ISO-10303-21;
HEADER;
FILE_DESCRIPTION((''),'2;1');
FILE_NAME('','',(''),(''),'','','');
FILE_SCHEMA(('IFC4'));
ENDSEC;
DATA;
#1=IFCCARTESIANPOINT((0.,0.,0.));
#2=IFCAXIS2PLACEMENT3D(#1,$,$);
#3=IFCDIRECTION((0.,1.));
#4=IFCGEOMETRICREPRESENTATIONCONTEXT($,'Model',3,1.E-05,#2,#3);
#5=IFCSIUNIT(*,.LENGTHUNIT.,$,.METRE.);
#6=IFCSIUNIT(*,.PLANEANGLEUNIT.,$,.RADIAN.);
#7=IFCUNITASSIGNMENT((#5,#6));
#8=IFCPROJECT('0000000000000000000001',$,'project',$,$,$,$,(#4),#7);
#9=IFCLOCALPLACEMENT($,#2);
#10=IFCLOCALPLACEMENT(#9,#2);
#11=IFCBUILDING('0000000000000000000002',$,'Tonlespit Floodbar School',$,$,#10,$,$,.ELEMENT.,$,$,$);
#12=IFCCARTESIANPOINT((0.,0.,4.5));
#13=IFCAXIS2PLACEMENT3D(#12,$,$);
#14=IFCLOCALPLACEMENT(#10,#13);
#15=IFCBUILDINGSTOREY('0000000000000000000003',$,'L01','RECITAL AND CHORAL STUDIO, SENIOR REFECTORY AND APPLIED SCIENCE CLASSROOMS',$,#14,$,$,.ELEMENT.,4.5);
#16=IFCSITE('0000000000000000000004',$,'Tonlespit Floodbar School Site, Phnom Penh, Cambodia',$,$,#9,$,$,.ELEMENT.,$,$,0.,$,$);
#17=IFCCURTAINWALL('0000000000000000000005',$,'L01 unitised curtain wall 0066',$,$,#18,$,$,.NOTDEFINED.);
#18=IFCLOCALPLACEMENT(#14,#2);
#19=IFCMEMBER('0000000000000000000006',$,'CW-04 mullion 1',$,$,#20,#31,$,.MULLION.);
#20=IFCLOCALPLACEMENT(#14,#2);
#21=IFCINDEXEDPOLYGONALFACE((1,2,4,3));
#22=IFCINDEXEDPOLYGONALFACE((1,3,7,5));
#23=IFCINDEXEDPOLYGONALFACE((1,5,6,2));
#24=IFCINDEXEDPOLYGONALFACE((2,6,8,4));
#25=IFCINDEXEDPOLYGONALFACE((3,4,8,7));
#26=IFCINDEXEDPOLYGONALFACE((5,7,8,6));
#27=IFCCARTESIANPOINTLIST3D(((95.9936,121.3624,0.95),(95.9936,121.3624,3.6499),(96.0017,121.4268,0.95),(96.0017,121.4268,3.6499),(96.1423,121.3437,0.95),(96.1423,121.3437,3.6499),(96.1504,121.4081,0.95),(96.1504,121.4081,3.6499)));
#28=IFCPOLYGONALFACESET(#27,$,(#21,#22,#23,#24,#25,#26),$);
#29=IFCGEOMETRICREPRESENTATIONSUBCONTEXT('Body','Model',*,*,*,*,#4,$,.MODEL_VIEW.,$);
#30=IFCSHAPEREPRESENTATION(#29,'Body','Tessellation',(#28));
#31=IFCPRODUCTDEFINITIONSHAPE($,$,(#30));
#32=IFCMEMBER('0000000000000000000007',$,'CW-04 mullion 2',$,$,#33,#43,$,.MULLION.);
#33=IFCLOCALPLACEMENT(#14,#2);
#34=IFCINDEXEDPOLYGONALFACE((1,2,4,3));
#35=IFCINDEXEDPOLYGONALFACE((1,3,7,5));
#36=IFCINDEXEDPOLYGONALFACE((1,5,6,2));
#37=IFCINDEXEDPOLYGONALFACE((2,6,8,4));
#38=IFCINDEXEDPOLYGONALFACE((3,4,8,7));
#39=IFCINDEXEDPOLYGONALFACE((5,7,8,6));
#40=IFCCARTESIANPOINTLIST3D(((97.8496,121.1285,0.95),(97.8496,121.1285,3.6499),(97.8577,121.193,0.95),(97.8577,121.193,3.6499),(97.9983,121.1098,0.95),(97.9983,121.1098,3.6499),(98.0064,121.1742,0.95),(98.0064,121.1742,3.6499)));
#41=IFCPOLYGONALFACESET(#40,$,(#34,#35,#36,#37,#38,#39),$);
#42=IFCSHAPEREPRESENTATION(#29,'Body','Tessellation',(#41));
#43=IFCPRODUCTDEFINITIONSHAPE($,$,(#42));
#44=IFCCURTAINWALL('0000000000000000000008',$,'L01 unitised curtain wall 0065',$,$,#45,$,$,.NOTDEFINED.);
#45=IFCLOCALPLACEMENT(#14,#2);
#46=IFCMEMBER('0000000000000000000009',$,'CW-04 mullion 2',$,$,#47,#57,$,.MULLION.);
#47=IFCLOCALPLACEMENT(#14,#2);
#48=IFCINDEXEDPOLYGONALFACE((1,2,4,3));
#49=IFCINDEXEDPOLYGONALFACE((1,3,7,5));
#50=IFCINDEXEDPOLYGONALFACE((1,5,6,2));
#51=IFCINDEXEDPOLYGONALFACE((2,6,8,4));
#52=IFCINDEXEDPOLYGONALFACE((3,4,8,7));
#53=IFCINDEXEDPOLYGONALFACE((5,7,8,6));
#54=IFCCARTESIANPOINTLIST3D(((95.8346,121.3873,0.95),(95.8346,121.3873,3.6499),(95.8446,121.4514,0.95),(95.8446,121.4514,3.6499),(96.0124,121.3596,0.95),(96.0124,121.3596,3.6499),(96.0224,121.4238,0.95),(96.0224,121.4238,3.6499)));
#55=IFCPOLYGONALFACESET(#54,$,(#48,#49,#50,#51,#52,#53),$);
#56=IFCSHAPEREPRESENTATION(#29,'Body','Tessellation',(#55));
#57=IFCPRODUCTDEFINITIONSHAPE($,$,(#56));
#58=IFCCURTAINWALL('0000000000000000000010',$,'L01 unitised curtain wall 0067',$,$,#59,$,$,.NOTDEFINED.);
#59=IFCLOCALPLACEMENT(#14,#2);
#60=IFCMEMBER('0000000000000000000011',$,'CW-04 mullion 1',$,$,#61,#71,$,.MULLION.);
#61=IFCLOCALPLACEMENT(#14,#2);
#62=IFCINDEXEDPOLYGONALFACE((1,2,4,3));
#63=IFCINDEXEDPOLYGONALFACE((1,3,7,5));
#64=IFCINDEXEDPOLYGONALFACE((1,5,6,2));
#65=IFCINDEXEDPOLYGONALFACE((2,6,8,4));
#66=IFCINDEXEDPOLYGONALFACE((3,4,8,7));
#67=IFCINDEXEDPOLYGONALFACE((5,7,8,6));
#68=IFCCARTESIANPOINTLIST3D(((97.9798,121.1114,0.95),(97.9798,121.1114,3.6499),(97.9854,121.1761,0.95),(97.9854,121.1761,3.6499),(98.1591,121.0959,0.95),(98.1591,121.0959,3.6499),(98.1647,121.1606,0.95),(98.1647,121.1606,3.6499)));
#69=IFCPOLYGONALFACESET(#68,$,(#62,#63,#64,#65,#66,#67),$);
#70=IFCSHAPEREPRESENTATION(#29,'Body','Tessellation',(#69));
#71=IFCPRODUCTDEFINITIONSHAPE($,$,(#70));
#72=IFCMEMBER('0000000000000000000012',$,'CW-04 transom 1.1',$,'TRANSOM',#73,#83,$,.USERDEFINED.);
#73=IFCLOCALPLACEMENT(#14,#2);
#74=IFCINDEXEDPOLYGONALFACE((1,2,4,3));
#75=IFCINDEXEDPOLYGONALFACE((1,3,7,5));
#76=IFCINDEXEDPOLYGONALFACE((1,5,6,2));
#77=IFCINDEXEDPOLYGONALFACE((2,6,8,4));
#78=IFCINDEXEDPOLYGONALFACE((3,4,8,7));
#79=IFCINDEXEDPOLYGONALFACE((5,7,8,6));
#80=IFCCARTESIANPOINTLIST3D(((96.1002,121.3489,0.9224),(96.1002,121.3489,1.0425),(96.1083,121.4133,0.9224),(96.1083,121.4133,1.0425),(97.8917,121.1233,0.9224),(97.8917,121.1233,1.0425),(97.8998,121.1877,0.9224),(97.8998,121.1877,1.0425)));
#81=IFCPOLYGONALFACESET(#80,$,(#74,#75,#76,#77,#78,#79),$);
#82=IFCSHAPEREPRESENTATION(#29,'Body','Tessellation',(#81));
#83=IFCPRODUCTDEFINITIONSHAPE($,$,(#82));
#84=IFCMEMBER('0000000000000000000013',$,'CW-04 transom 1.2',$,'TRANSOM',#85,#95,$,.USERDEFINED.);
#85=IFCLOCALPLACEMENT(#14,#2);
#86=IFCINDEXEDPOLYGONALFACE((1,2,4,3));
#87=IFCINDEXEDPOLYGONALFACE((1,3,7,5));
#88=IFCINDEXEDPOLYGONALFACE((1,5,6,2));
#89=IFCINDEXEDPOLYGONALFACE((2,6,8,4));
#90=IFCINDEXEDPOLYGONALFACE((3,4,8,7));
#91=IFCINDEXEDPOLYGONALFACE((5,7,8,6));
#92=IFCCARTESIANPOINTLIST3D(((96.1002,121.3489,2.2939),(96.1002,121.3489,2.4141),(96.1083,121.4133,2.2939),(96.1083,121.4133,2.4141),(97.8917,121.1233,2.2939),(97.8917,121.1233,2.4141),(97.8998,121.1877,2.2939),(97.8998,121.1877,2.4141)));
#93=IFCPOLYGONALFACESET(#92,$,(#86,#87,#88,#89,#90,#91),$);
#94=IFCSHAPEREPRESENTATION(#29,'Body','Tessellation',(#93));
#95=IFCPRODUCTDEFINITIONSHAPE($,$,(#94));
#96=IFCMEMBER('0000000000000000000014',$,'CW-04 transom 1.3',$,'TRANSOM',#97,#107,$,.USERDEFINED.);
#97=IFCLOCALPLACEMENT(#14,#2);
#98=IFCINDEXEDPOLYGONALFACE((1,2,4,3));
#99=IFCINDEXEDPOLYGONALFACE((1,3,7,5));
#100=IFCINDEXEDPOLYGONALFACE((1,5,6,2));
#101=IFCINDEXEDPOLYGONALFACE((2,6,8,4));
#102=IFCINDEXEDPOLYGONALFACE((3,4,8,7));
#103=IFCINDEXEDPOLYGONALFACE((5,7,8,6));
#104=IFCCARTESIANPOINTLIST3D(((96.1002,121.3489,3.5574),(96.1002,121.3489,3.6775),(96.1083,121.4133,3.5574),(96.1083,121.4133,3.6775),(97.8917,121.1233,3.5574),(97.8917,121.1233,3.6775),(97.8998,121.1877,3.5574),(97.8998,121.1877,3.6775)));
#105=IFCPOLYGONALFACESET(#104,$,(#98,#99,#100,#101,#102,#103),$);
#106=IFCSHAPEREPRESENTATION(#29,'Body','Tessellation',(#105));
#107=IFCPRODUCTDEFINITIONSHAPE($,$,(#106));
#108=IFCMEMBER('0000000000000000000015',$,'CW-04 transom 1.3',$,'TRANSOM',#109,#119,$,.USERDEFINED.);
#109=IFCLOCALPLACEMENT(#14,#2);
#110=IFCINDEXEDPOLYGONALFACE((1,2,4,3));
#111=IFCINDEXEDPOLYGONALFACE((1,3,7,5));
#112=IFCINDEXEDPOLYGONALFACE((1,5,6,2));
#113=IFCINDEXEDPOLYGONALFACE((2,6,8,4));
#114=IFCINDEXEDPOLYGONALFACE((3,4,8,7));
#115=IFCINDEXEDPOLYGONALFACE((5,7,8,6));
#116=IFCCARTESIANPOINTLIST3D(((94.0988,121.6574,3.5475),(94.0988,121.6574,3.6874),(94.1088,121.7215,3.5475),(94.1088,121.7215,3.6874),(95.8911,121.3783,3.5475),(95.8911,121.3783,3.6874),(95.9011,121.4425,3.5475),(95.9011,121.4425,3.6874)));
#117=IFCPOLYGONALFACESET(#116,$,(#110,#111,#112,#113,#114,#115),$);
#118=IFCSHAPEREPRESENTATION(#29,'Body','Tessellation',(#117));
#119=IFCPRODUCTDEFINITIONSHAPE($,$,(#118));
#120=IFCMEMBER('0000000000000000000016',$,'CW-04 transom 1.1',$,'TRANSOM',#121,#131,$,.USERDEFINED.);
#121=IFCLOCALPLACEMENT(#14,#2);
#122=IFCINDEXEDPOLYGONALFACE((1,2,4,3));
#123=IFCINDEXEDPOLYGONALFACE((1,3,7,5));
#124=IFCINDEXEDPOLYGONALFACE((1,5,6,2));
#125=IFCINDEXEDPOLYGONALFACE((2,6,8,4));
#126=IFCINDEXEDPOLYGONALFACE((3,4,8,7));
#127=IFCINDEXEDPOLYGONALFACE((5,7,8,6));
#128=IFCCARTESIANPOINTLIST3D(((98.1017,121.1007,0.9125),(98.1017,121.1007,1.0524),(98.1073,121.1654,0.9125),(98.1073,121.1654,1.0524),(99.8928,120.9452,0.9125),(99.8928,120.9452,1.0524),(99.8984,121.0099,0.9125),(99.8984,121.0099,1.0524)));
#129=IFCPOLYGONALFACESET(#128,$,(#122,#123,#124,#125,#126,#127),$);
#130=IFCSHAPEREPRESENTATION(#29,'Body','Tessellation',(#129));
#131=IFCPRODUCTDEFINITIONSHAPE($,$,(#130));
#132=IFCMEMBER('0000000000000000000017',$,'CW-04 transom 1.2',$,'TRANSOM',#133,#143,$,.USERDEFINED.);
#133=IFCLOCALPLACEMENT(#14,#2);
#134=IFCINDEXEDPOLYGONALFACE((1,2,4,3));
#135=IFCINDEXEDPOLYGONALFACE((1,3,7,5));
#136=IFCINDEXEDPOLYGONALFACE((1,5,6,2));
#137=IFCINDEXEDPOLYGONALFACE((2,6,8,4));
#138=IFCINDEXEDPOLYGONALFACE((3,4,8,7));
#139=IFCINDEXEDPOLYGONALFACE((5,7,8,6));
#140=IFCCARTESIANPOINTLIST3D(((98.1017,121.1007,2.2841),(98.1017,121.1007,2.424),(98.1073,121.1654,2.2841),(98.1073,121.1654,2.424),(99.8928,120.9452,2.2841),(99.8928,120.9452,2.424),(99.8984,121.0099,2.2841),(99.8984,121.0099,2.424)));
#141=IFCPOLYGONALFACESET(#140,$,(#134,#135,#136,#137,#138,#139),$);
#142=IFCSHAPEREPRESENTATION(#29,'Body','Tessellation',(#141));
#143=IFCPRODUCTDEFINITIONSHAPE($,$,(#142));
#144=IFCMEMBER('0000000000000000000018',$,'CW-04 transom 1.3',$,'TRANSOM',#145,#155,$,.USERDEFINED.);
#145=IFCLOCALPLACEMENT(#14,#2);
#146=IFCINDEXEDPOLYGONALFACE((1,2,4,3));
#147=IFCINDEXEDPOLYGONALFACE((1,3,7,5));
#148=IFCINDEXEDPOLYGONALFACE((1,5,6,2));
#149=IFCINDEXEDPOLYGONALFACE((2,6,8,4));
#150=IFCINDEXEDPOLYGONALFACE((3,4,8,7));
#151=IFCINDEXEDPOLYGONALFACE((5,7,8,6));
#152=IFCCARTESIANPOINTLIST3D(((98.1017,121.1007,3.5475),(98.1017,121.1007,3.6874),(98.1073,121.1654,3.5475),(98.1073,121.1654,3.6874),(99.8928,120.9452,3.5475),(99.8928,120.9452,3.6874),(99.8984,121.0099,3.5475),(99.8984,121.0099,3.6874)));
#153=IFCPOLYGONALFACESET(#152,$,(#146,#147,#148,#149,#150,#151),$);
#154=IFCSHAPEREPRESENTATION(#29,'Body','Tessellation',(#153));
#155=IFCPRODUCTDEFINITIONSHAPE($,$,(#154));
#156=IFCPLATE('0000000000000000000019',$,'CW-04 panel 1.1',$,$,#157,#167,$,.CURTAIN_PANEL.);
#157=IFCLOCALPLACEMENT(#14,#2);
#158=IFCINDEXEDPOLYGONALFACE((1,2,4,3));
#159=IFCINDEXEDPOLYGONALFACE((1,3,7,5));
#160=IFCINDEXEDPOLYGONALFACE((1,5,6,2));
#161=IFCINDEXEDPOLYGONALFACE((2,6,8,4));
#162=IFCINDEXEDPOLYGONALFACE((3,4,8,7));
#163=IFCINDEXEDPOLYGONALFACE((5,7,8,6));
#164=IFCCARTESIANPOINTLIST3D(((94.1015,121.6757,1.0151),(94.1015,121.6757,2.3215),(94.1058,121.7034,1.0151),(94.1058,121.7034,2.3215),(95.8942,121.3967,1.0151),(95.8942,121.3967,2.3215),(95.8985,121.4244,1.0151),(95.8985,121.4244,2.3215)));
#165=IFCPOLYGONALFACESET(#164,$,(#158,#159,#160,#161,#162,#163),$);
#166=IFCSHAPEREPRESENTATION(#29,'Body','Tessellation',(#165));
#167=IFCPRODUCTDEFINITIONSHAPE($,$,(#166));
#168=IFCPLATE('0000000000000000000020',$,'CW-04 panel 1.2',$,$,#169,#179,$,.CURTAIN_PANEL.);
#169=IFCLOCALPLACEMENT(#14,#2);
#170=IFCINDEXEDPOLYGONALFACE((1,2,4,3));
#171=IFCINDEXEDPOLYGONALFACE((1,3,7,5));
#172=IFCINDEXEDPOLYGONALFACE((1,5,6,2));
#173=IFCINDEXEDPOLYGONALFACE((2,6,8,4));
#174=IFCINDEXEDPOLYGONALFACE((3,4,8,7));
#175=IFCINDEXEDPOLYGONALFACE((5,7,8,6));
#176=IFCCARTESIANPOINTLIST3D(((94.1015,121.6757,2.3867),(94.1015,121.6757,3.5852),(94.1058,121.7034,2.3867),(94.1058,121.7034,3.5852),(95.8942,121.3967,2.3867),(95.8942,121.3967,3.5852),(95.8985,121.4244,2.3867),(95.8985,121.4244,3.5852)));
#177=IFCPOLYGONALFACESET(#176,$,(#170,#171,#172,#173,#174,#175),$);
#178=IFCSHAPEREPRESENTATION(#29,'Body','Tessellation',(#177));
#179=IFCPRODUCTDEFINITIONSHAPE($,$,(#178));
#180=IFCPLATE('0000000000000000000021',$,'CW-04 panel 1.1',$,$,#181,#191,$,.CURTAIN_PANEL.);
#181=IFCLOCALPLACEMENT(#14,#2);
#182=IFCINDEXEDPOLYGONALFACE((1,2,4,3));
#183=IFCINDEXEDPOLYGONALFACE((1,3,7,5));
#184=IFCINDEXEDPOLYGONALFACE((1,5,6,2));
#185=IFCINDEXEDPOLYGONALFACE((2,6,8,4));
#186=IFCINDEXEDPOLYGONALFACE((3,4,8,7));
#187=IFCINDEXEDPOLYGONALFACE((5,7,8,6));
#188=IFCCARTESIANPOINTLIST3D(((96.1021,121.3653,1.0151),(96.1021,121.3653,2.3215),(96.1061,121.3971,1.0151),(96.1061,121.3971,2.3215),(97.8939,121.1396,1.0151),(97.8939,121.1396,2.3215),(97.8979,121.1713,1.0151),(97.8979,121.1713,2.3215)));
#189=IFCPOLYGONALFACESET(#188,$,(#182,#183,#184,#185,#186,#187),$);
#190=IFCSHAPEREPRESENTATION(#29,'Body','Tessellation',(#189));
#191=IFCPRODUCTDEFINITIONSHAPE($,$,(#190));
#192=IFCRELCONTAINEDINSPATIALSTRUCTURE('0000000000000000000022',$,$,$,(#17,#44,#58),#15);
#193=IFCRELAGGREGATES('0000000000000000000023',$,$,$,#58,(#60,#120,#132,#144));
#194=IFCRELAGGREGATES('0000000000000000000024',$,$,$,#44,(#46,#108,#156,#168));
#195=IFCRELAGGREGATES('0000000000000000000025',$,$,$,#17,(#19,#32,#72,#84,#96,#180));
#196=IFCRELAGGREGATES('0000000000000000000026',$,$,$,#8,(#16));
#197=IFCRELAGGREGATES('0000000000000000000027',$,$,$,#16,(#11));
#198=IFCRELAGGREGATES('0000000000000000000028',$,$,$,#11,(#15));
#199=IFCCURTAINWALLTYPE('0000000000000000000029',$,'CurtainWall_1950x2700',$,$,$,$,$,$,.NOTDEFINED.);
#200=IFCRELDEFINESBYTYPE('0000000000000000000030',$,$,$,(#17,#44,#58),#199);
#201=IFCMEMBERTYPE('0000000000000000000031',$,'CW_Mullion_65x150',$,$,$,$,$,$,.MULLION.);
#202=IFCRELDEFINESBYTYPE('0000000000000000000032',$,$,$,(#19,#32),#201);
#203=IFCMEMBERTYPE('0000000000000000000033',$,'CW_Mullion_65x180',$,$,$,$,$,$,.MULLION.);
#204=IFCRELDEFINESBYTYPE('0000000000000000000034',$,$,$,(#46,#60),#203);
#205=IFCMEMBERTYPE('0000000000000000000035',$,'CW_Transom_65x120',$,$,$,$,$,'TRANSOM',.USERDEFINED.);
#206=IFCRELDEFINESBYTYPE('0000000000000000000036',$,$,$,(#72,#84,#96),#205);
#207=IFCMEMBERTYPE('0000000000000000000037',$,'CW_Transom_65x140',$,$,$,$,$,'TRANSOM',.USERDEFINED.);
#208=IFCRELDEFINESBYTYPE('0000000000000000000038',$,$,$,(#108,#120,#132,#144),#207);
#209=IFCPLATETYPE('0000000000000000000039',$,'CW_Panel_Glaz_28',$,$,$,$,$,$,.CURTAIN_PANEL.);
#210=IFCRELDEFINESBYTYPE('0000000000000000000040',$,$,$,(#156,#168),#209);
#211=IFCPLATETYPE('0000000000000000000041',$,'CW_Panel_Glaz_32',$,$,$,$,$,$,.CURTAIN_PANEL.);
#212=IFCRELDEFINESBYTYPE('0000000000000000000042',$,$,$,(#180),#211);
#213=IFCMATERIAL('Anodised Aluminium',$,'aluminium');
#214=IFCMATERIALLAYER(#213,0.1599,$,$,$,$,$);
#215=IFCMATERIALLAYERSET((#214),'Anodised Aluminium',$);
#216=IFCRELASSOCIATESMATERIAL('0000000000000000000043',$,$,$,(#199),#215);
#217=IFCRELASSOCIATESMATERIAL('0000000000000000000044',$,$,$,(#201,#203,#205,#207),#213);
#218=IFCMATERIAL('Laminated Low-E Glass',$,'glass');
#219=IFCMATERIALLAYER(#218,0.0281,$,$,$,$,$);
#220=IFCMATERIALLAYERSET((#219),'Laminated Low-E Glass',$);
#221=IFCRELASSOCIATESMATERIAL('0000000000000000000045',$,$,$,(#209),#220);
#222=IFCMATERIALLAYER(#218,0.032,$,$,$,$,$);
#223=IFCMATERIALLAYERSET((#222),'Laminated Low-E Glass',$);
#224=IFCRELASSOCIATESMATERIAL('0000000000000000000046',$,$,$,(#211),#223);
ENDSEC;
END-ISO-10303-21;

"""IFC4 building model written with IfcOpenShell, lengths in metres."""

from ifc_helpers import new_model, si_unit, direction, frame, origin, origin_2d, place, context, subcontext, project, spatial, rectangle, extrude, material, layer, layer_set, material_profile, profile_set, type_object, element, aggregate, save


model = new_model("IFC4")

# Units and contexts
model_context = context("Model", 3, precision=1e-05, world=origin(), true_north=direction((0.0, 1.0)))
body_context = subcontext(model_context, "Body", "Model", "MODEL_VIEW")
ifc_project = project(units=[si_unit("LENGTHUNIT", "METRE"), si_unit("PLANEANGLEUNIT", "RADIAN")], contexts=[model_context])

# Site, building, storey
site_placement = place(None, origin())
site = spatial("IfcSite", under=ifc_project, at=site_placement, Name="Tonlespit Floodbar School Site, Phnom Penh, Cambodia", CompositionType="ELEMENT", RefElevation=0.0)
building_placement = place(site_placement, origin())
building = spatial("IfcBuilding", under=site, at=building_placement, Name="Tonlespit Floodbar School", CompositionType="ELEMENT")
storey_placement = place(building_placement, frame((0.0, 0.0, 4.5)))
storey = spatial("IfcBuildingStorey", under=building, at=storey_placement, Name="L01", Description="RECITAL AND CHORAL STUDIO, SENIOR REFECTORY AND APPLIED SCIENCE CLASSROOMS", CompositionType="ELEMENT", Elevation=4.5)

# Curtain wall, members
ifc_material_1 = material(Name="Anodised Aluminium", Category="aluminium")
ifc_layer_1 = layer(ifc_material_1, 0.1599)
ifc_layer_set_1 = layer_set([ifc_layer_1], Name="Anodised Aluminium")
curtain_wall_type = type_object("IfcCurtainWallType", Name="CurtainWall_1950x2700", PredefinedType="NOTDEFINED", material=ifc_layer_set_1)
curtain_wall_1_placement = place(storey_placement, origin())
curtain_wall_1 = element("IfcCurtainWall", 1, at=curtain_wall_1_placement, inside=storey, type_object=curtain_wall_type, Name="L01 unitised curtain wall 0066", PredefinedType="NOTDEFINED")
ifc_material_profile_1 = material_profile(ifc_material_1, rectangle(XDim=0.0649, YDim=0.1499, at=origin_2d()), Name="ALU M65x150")
ifc_profile_set_1 = profile_set([ifc_material_profile_1], Name="Anodised Aluminium")
member_type_1 = type_object("IfcMemberType", Name="CW_Mullion_65x150", PredefinedType="MULLION", material=ifc_profile_set_1)
member_1_placement = place(storey_placement, frame((96.072, 121.3853, 0.95), z_axis=(0.0, 0.0, 1.0), x_axis=(0.125014, 0.992155, 0.0)))
member_1 = element("IfcMember", 2, at=member_1_placement, type_object=member_type_1, Name="CW-04 mullion 1", PredefinedType="MULLION", context=body_context, shape_type="SweptSolid", body=[
    extrude(rectangle(XDim=0.0649, YDim=0.1499, at=origin_2d()), origin(), (0.0, 0.0, 1.0), 2.7),
])
member_2_placement = place(storey_placement, frame((97.928, 121.1514, 0.95), z_axis=(0.0, 0.0, 1.0), x_axis=(0.125014, 0.992155, 0.0)))
member_2 = element("IfcMember", 3, at=member_2_placement, type_object=member_type_1, Name="CW-04 mullion 2", PredefinedType="MULLION", context=body_context, shape_type="SweptSolid", body=[
    extrude(rectangle(XDim=0.0649, YDim=0.1499, at=origin_2d()), origin(), (0.0, 0.0, 1.0), 2.7),
])

# Curtain walls, members
curtain_wall_2_placement = place(storey_placement, origin())
curtain_wall_2 = element("IfcCurtainWall", 4, at=curtain_wall_2_placement, inside=storey, type_object=curtain_wall_type, Name="L01 unitised curtain wall 0065", PredefinedType="NOTDEFINED")
ifc_material_profile_2 = material_profile(ifc_material_1, rectangle(XDim=0.0649, YDim=0.1799, at=origin_2d()), Name="ALU M65x180")
ifc_profile_set_2 = profile_set([ifc_material_profile_2], Name="Anodised Aluminium")
member_type_2 = type_object("IfcMemberType", Name="CW_Mullion_65x180", PredefinedType="MULLION", material=ifc_profile_set_2)
member_3_placement = place(storey_placement, frame((95.9285, 121.4055, 0.95), z_axis=(0.0, 0.0, 1.0), x_axis=(0.153796, 0.988103, 0.0)))
member_3 = element("IfcMember", 5, at=member_3_placement, type_object=member_type_2, Name="CW-04 mullion 2", PredefinedType="MULLION", context=body_context, shape_type="SweptSolid", body=[
    extrude(rectangle(XDim=0.0649, YDim=0.1799, at=origin_2d()), origin(), (0.0, 0.0, 1.0), 2.7),
])
curtain_wall_3_placement = place(storey_placement, origin())
curtain_wall_3 = element("IfcCurtainWall", 6, at=curtain_wall_3_placement, inside=storey, type_object=curtain_wall_type, Name="L01 unitised curtain wall 0067", PredefinedType="NOTDEFINED")
member_4_placement = place(storey_placement, frame((98.0723, 121.136, 0.95), z_axis=(0.0, 0.0, 1.0), x_axis=(0.086531, 0.996249, 0.0)))
member_4 = element("IfcMember", 7, at=member_4_placement, type_object=member_type_2, Name="CW-04 mullion 1", PredefinedType="MULLION", context=body_context, shape_type="SweptSolid", body=[
    extrude(rectangle(XDim=0.0649, YDim=0.1799, at=origin_2d()), origin(), (0.0, 0.0, 1.0), 2.7),
])

# Members
ifc_material_profile_3 = material_profile(ifc_material_1, rectangle(XDim=0.0649, YDim=0.1201, at=origin_2d()), Name="ALU T65x120")
ifc_profile_set_3 = profile_set([ifc_material_profile_3], Name="Anodised Aluminium")
member_type_3 = type_object("IfcMemberType", Name="CW_Transom_65x120", ElementType="TRANSOM", PredefinedType="USERDEFINED", material=ifc_profile_set_3)
member_5_placement = place(storey_placement, frame((96.1042, 121.3811, 0.9824), z_axis=(0.992165, -0.124933, 0.0), x_axis=(0.124933, 0.992165, 0.0)))
member_5 = element("IfcMember", 8, at=member_5_placement, type_object=member_type_3, Name="CW-04 transom 1.1", ObjectType="TRANSOM", PredefinedType="USERDEFINED", context=body_context, shape_type="SweptSolid", body=[
    extrude(rectangle(XDim=0.0649, YDim=0.1201, at=origin_2d()), origin(), (0.0, 0.0, 1.0), 1.8057),
])
member_6_placement = place(storey_placement, frame((96.1042, 121.3811, 2.354), z_axis=(0.992165, -0.124933, 0.0), x_axis=(0.124933, 0.992165, 0.0)))
member_6 = element("IfcMember", 9, at=member_6_placement, type_object=member_type_3, Name="CW-04 transom 1.2", ObjectType="TRANSOM", PredefinedType="USERDEFINED", context=body_context, shape_type="SweptSolid", body=[
    extrude(rectangle(XDim=0.0649, YDim=0.1201, at=origin_2d()), origin(), (0.0, 0.0, 1.0), 1.8057),
])
member_7_placement = place(storey_placement, frame((96.1042, 121.3811, 3.6174), z_axis=(0.992165, -0.124933, 0.0), x_axis=(0.124933, 0.992165, 0.0)))
member_7 = element("IfcMember", 10, at=member_7_placement, type_object=member_type_3, Name="CW-04 transom 1.3", ObjectType="TRANSOM", PredefinedType="USERDEFINED", context=body_context, shape_type="SweptSolid", body=[
    extrude(rectangle(XDim=0.0649, YDim=0.1201, at=origin_2d()), origin(), (0.0, 0.0, 1.0), 1.8057),
])
ifc_material_profile_4 = material_profile(ifc_material_1, rectangle(XDim=0.0649, YDim=0.1399, at=origin_2d()), Name="ALU T65x140")
ifc_profile_set_4 = profile_set([ifc_material_profile_4], Name="Anodised Aluminium")
member_type_4 = type_object("IfcMemberType", Name="CW_Transom_65x140", ElementType="TRANSOM", PredefinedType="USERDEFINED", material=ifc_profile_set_4)
member_8_placement = place(storey_placement, frame((94.1038, 121.6895, 3.6174), z_axis=(0.988098, -0.153827, 0.0), x_axis=(0.153827, 0.988098, 0.0)))
member_8 = element("IfcMember", 11, at=member_8_placement, type_object=member_type_4, Name="CW-04 transom 1.3", ObjectType="TRANSOM", PredefinedType="USERDEFINED", context=body_context, shape_type="SweptSolid", body=[
    extrude(rectangle(XDim=0.0649, YDim=0.1399, at=origin_2d()), origin(), (0.0, 0.0, 1.0), 1.814),
])
member_9_placement = place(storey_placement, frame((98.1045, 121.1331, 0.9824), z_axis=(0.996251, -0.086507, 0.0), x_axis=(0.086507, 0.996251, 0.0)))
member_9 = element("IfcMember", 12, at=member_9_placement, type_object=member_type_4, Name="CW-04 transom 1.1", ObjectType="TRANSOM", PredefinedType="USERDEFINED", context=body_context, shape_type="SweptSolid", body=[
    extrude(rectangle(XDim=0.0649, YDim=0.1399, at=origin_2d()), origin(), (0.0, 0.0, 1.0), 1.7979),
])
member_10_placement = place(storey_placement, frame((98.1045, 121.1331, 2.354), z_axis=(0.996251, -0.086507, 0.0), x_axis=(0.086507, 0.996251, 0.0)))
member_10 = element("IfcMember", 13, at=member_10_placement, type_object=member_type_4, Name="CW-04 transom 1.2", ObjectType="TRANSOM", PredefinedType="USERDEFINED", context=body_context, shape_type="SweptSolid", body=[
    extrude(rectangle(XDim=0.0649, YDim=0.1399, at=origin_2d()), origin(), (0.0, 0.0, 1.0), 1.7979),
])
member_11_placement = place(storey_placement, frame((98.1045, 121.1331, 3.6174), z_axis=(0.996251, -0.086507, 0.0), x_axis=(0.086507, 0.996251, 0.0)))
member_11 = element("IfcMember", 14, at=member_11_placement, type_object=member_type_4, Name="CW-04 transom 1.3", ObjectType="TRANSOM", PredefinedType="USERDEFINED", context=body_context, shape_type="SweptSolid", body=[
    extrude(rectangle(XDim=0.0649, YDim=0.1399, at=origin_2d()), origin(), (0.0, 0.0, 1.0), 1.7979),
])
aggregate(curtain_wall_3, [member_4, member_9, member_10, member_11])

# Plates
ifc_material_2 = material(Name="Laminated Low-E Glass", Category="glass")
ifc_layer_2 = layer(ifc_material_2, 0.0281)
ifc_layer_set_2 = layer_set([ifc_layer_2], Name="Laminated Low-E Glass")
plate_type_1 = type_object("IfcPlateType", Name="CW_Panel_Glaz_28", PredefinedType="CURTAIN_PANEL", material=ifc_layer_set_2)
plate_1_placement = place(storey_placement, frame((95.0, 121.55, 1.0151), z_axis=(0.0, 0.0, 1.0), x_axis=(0.988103, -0.153796, 0.0)))
plate_1 = element("IfcPlate", 15, at=plate_1_placement, type_object=plate_type_1, Name="CW-04 panel 1.1", PredefinedType="CURTAIN_PANEL", context=body_context, shape_type="SweptSolid", body=[
    extrude(rectangle(XDim=1.8142, YDim=0.0281, at=origin_2d()), origin(), (0.0, 0.0, 1.0), 1.3064),
])
plate_2_placement = place(storey_placement, frame((95.0, 121.55, 2.3867), z_axis=(0.0, 0.0, 1.0), x_axis=(0.988103, -0.153796, 0.0)))
plate_2 = element("IfcPlate", 16, at=plate_2_placement, type_object=plate_type_1, Name="CW-04 panel 1.2", PredefinedType="CURTAIN_PANEL", context=body_context, shape_type="SweptSolid", body=[
    extrude(rectangle(XDim=1.8142, YDim=0.0281, at=origin_2d()), origin(), (0.0, 0.0, 1.0), 1.1985),
])
aggregate(curtain_wall_2, [member_3, member_8, plate_1, plate_2])
ifc_layer_3 = layer(ifc_material_2, 0.032)
ifc_layer_set_3 = layer_set([ifc_layer_3], Name="Laminated Low-E Glass")
plate_type_2 = type_object("IfcPlateType", Name="CW_Panel_Glaz_32", PredefinedType="CURTAIN_PANEL", material=ifc_layer_set_3)
plate_3_placement = place(storey_placement, frame((97.0, 121.2683, 1.0151), z_axis=(0.0, 0.0, 1.0), x_axis=(0.992155, -0.125014, 0.0)))
plate_3 = element("IfcPlate", 17, at=plate_3_placement, type_object=plate_type_2, Name="CW-04 panel 1.1", PredefinedType="CURTAIN_PANEL", context=body_context, shape_type="SweptSolid", body=[
    extrude(rectangle(XDim=1.8059, YDim=0.032, at=origin_2d()), origin(), (0.0, 0.0, 1.0), 1.3064),
])
aggregate(curtain_wall_1, [member_1, member_2, member_5, member_6, member_7, plate_3])

save(model, "model.ifc")
